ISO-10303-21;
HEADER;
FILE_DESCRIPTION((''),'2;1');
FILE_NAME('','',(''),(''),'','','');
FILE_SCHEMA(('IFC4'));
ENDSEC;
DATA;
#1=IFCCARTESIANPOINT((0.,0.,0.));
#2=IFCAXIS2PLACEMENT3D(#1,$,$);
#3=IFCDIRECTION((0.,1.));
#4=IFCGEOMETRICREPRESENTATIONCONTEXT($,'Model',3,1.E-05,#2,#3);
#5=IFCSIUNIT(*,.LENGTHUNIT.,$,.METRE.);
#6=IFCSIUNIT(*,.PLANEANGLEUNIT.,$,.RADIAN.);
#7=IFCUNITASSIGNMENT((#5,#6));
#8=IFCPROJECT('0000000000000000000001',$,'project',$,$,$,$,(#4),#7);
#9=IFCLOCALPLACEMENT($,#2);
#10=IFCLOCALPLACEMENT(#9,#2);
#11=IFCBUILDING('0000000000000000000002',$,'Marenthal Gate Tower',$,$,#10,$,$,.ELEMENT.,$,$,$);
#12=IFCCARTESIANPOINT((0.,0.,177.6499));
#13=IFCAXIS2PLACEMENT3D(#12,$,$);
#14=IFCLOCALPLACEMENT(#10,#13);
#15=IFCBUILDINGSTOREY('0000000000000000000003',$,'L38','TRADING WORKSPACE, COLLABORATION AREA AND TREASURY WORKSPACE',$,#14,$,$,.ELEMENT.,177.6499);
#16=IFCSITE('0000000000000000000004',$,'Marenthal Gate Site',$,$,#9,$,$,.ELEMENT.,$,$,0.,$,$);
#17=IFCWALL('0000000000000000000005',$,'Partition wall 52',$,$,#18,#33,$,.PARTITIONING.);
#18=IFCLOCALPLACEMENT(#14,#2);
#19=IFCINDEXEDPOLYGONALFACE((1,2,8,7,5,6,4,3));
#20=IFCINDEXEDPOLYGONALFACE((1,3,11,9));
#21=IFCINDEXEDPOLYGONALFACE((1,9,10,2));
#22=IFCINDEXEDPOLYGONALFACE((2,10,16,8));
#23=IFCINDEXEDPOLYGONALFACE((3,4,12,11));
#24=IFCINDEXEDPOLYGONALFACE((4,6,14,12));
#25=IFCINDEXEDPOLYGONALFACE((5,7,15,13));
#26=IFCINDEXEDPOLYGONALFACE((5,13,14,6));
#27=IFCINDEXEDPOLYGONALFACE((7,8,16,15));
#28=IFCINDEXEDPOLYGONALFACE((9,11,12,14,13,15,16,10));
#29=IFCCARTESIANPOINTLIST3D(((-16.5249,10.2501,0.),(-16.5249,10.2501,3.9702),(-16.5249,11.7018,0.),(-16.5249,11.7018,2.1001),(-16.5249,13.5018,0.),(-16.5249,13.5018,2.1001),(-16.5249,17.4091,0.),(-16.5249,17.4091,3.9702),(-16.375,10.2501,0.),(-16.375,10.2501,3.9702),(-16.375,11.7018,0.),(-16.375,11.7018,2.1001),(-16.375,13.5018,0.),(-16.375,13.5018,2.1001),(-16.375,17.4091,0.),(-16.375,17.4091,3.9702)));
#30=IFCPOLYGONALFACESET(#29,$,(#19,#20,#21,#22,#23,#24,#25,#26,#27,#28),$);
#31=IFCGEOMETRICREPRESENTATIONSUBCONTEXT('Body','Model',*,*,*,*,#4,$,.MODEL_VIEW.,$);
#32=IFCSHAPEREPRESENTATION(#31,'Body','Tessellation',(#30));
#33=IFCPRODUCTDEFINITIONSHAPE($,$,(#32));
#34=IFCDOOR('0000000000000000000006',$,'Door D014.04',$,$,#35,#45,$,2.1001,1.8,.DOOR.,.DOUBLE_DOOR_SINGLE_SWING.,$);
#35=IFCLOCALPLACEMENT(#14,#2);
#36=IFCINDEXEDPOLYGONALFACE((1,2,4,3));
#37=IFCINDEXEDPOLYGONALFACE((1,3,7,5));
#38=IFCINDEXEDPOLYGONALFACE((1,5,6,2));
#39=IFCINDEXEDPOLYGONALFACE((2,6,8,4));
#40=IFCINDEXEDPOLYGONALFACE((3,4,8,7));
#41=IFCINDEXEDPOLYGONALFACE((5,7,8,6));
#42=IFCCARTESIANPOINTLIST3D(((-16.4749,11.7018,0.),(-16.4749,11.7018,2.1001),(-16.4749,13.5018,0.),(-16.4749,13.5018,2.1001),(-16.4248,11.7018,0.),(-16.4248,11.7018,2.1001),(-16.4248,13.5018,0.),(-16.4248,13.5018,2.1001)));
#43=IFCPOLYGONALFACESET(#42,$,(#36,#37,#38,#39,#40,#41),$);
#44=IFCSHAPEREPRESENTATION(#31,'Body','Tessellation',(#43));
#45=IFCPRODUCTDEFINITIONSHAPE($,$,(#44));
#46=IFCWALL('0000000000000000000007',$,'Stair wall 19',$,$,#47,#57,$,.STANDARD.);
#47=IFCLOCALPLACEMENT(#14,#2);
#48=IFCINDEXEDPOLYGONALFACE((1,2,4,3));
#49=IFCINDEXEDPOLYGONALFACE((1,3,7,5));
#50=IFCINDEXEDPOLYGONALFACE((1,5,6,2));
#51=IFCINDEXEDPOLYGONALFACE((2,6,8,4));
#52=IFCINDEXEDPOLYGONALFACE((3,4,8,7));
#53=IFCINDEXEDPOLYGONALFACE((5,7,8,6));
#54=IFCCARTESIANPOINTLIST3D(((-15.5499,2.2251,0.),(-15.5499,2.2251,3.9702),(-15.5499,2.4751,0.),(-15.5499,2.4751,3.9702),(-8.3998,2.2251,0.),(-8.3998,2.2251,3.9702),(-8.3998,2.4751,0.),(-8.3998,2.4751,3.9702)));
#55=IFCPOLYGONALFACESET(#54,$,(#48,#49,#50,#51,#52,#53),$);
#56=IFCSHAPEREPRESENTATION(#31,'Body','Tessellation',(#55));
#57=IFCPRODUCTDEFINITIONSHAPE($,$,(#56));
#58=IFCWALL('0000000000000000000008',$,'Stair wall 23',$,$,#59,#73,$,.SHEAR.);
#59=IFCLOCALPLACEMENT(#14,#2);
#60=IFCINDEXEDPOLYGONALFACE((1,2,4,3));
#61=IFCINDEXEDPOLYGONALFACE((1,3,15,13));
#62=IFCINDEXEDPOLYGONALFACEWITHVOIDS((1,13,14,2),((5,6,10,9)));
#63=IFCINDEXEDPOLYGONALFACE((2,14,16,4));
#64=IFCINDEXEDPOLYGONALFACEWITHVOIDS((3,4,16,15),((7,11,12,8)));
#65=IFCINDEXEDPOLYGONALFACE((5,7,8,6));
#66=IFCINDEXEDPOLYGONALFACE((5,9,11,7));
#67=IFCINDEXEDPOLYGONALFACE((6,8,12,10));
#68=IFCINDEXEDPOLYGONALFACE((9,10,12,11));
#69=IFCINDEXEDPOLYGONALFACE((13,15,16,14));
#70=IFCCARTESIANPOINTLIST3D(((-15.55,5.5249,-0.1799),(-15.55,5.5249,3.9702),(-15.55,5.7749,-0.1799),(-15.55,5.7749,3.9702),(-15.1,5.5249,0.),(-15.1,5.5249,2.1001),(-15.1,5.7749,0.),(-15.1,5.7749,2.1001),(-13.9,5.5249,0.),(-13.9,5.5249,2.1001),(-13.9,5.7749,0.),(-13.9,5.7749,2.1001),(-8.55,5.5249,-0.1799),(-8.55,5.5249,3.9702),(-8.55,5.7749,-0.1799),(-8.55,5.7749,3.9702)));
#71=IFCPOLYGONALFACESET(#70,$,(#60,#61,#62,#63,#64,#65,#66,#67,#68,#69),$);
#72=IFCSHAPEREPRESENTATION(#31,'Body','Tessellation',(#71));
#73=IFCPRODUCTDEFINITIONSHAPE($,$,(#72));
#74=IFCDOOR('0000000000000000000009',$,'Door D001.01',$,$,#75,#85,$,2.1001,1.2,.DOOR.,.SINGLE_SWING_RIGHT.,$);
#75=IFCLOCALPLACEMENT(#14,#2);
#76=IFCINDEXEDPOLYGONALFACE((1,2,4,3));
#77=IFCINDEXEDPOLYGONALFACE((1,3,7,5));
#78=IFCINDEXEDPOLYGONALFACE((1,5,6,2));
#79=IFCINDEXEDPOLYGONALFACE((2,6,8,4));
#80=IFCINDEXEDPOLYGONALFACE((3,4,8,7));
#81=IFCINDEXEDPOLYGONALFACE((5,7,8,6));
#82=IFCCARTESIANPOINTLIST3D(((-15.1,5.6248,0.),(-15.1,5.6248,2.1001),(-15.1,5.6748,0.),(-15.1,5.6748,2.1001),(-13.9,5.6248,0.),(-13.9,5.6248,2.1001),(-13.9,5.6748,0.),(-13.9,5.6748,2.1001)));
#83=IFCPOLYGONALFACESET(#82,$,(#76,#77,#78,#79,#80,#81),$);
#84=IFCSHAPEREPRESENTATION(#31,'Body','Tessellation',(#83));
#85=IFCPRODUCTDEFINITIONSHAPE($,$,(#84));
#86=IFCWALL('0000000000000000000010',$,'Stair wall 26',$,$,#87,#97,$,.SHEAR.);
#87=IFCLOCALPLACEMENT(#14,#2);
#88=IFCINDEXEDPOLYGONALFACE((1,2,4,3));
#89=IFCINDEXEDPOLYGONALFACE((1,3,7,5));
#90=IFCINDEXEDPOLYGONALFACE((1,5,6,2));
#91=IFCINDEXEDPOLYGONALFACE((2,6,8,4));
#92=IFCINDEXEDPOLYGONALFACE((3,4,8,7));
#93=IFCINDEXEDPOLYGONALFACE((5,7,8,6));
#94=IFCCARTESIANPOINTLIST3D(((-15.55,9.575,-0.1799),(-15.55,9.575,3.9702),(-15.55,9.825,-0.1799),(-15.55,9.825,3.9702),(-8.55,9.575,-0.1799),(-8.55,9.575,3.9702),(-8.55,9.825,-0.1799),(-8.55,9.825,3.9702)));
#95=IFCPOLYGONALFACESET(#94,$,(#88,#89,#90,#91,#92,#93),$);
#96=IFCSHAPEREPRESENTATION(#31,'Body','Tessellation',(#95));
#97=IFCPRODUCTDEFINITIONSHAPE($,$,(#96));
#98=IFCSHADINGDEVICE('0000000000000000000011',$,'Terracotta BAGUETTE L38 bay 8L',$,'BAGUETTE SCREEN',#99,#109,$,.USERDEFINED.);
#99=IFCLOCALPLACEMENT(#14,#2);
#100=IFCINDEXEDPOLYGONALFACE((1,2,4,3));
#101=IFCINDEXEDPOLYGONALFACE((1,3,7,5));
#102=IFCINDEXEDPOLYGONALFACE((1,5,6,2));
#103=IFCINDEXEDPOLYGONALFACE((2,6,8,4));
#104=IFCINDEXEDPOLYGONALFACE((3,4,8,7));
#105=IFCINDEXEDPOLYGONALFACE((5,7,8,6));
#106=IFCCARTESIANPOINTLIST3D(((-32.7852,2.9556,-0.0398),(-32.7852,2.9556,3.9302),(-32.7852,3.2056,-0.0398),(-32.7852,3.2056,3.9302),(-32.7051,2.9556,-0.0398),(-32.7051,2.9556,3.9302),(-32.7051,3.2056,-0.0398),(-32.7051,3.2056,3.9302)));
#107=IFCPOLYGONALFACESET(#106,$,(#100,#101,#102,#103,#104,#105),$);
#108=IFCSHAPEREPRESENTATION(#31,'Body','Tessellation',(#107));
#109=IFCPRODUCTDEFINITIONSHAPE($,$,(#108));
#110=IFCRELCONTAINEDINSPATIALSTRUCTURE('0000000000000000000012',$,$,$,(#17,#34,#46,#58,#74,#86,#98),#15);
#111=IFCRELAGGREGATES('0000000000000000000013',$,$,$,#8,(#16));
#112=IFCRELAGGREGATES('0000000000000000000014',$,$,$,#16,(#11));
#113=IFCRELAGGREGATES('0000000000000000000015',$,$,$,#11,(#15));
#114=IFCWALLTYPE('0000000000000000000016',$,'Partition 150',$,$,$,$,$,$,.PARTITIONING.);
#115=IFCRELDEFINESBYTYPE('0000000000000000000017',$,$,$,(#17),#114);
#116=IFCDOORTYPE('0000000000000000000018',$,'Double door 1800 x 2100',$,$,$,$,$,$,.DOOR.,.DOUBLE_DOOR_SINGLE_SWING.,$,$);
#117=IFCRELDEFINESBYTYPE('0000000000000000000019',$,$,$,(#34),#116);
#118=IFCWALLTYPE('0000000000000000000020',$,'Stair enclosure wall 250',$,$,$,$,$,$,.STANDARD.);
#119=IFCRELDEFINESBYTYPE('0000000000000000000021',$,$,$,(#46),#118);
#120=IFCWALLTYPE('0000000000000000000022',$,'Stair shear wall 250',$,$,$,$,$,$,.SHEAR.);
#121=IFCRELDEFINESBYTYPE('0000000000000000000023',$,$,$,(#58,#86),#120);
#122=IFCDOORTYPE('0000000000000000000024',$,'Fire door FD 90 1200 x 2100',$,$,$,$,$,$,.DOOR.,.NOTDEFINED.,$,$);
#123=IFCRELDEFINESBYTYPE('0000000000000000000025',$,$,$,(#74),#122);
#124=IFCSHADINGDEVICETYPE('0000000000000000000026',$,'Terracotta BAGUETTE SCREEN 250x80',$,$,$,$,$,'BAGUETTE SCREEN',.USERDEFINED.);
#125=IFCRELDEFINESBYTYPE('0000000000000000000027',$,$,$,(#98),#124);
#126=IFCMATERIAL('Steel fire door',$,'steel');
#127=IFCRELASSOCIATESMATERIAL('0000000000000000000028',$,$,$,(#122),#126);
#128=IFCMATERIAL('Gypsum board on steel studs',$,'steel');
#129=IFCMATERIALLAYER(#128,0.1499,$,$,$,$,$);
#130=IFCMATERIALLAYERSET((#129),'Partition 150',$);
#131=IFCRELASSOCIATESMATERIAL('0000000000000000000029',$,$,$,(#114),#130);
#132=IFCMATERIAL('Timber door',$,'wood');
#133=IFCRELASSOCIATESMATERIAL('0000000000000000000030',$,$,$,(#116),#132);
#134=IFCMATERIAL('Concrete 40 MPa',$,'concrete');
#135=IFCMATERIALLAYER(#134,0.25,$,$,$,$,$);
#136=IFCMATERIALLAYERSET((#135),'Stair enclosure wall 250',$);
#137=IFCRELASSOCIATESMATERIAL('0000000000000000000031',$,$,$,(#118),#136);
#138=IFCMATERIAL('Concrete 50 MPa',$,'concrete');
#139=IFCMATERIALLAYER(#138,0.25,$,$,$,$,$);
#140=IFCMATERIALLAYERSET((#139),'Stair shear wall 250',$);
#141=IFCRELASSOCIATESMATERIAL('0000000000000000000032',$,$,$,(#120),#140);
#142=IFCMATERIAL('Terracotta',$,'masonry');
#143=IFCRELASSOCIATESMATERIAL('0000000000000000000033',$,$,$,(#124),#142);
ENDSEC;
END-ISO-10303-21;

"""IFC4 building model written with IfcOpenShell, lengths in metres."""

from ifc_helpers import new_model, si_unit, direction, frame, frame_2d, origin, origin_2d, place, context, subcontext, project, spatial, rectangle, extrude, material, layer, layer_set, material_profile, profile_set, type_object, element, fill, save


model = new_model("IFC4")

# Units and contexts
model_context = context("Model", 3, precision=1e-05, world=origin(), true_north=direction((0.0, 1.0)))
body_context = subcontext(model_context, "Body", "Model", "MODEL_VIEW")
ifc_project = project(units=[si_unit("LENGTHUNIT", "METRE"), si_unit("PLANEANGLEUNIT", "RADIAN")], contexts=[model_context])

# Site, building, storey
site_placement = place(None, origin())
site = spatial("IfcSite", under=ifc_project, at=site_placement, Name="Marenthal Gate Site", CompositionType="ELEMENT", RefElevation=0.0)
building_placement = place(site_placement, origin())
building = spatial("IfcBuilding", under=site, at=building_placement, Name="Marenthal Gate Tower", CompositionType="ELEMENT")
storey_placement = place(building_placement, frame((0.0, 0.0, 177.6499)))
storey = spatial("IfcBuildingStorey", under=building, at=storey_placement, Name="L38", Description="TRADING WORKSPACE, COLLABORATION AREA AND TREASURY WORKSPACE", CompositionType="ELEMENT", Elevation=177.6499)

# Shared definitions
ifc_material_1 = material(Name="Steel fire door", Category="steel")
door_type_1 = type_object("IfcDoorType", Name="Fire door FD 90 1200 x 2100", OperationType="NOTDEFINED", PredefinedType="DOOR", material=ifc_material_1)

# Wall, opening, door
ifc_material_2 = material(Name="Gypsum board on steel studs", Category="steel")
ifc_layer_1 = layer(ifc_material_2, 0.1499)
ifc_layer_set_1 = layer_set([ifc_layer_1], Name="Partition 150")
wall_type_1 = type_object("IfcWallType", Name="Partition 150", PredefinedType="PARTITIONING", material=ifc_layer_set_1)
wall_1_placement = place(storey_placement, frame((-16.45, 10.25, 0.0), z_axis=(0.0, 0.0, 1.0), x_axis=(0.0, 1.0, 0.0)))
wall_1 = element("IfcWall", 1, at=wall_1_placement, inside=storey, type_object=wall_type_1, Name="Partition wall 52", PredefinedType="PARTITIONING", context=body_context, shape_type="SweptSolid", body=[
    extrude(rectangle(XDim=7.1589, YDim=0.1499, at=frame_2d((3.5796, 0.0))), origin(), (0.0, 0.0, 1.0), 3.9702),
])
opening_1_placement = place(wall_1_placement, frame((1.4519, 0.0, 0.0)))
opening_1 = element("IfcOpeningElement", 2, at=opening_1_placement, cuts=wall_1, PredefinedType="OPENING", context=body_context, shape_type="SweptSolid", body=[
    extrude(rectangle(XDim=1.8, YDim=2.1001, at=frame_2d((0.8999, 1.05))), frame((0.0, 0.085, 0.0), z_axis=(0.0, -1.0, 0.0), x_axis=(1.0, 0.0, 0.0)), (0.0, 0.0, 1.0), 0.1699),
])
ifc_material_3 = material(Name="Timber door", Category="wood")
door_type_2 = type_object("IfcDoorType", Name="Double door 1800 x 2100", OperationType="DOUBLE_DOOR_SINGLE_SWING", PredefinedType="DOOR", material=ifc_material_3)
door_1_placement = place(opening_1_placement, origin())
door_1 = element("IfcDoor", 3, at=door_1_placement, inside=storey, type_object=door_type_2, Name="Door D014.04", OperationType="DOUBLE_DOOR_SINGLE_SWING", OverallHeight=2.1001, OverallWidth=1.8, PredefinedType="DOOR", context=body_context, shape_type="SweptSolid", body=[
    extrude(rectangle(XDim=1.8, YDim=2.1001, at=frame_2d((0.8999, 1.05))), frame((0.0, 0.0249, 0.0), z_axis=(0.0, -1.0, 0.0), x_axis=(1.0, 0.0, 0.0)), (0.0, 0.0, 1.0), 0.05),
])
fill(opening_1, door_1)

# Wall
ifc_material_4 = material(Name="Concrete 40 MPa", Category="concrete")
ifc_layer_2 = layer(ifc_material_4, 0.25)
ifc_layer_set_2 = layer_set([ifc_layer_2], Name="Stair enclosure wall 250")
wall_type_2 = type_object("IfcWallType", Name="Stair enclosure wall 250", PredefinedType="STANDARD", material=ifc_layer_set_2)
wall_2_placement = place(storey_placement, frame((-15.55, 2.3501, 0.0), z_axis=(0.0, 0.0, 1.0), x_axis=(1.0, 0.0, 0.0)))
element("IfcWall", 4, at=wall_2_placement, inside=storey, type_object=wall_type_2, Name="Stair wall 19", PredefinedType="STANDARD", context=body_context, shape_type="SweptSolid", body=[
    extrude(rectangle(XDim=7.1501, YDim=0.25, at=frame_2d((3.5752, 0.0))), origin(), (0.0, 0.0, 1.0), 3.9702),
])

# Wall, opening, door
ifc_material_5 = material(Name="Concrete 50 MPa", Category="concrete")
ifc_layer_3 = layer(ifc_material_5, 0.25)
ifc_layer_set_3 = layer_set([ifc_layer_3], Name="Stair shear wall 250")
wall_type_3 = type_object("IfcWallType", Name="Stair shear wall 250", PredefinedType="SHEAR", material=ifc_layer_set_3)
wall_3_placement = place(storey_placement, frame((-15.55, 5.6499, -0.1799), z_axis=(0.0, 0.0, 1.0), x_axis=(1.0, 0.0, 0.0)))
wall_3 = element("IfcWall", 5, at=wall_3_placement, inside=storey, type_object=wall_type_3, Name="Stair wall 23", PredefinedType="SHEAR", context=body_context, shape_type="SweptSolid", body=[
    extrude(rectangle(XDim=7.0, YDim=0.25, at=frame_2d((3.5, 0.0))), origin(), (0.0, 0.0, 1.0), 4.1501),
])
opening_2_placement = place(wall_3_placement, frame((0.45, 0.0, 0.1799)))
opening_2 = element("IfcOpeningElement", 6, at=opening_2_placement, cuts=wall_3, PredefinedType="OPENING", context=body_context, shape_type="SweptSolid", body=[
    extrude(rectangle(XDim=1.2, YDim=2.1001, at=frame_2d((0.6001, 1.05))), frame((0.0, 0.135, 0.0), z_axis=(0.0, -1.0, 0.0), x_axis=(1.0, 0.0, 0.0)), (0.0, 0.0, 1.0), 0.27),
])
door_2_placement = place(opening_2_placement, origin())
door_2 = element("IfcDoor", 7, at=door_2_placement, inside=storey, type_object=door_type_1, Name="Door D001.01", OperationType="SINGLE_SWING_RIGHT", OverallHeight=2.1001, OverallWidth=1.2, PredefinedType="DOOR", context=body_context, shape_type="SweptSolid", body=[
    extrude(rectangle(XDim=1.2, YDim=2.1001, at=frame_2d((0.6001, 1.05))), frame((0.0, 0.0249, 0.0), z_axis=(0.0, -1.0, 0.0), x_axis=(1.0, 0.0, 0.0)), (0.0, 0.0, 1.0), 0.05),
])
fill(opening_2, door_2)

# Wall
wall_4_placement = place(storey_placement, frame((-15.55, 9.7, -0.1799), z_axis=(0.0, 0.0, 1.0), x_axis=(1.0, 0.0, 0.0)))
element("IfcWall", 8, at=wall_4_placement, inside=storey, type_object=wall_type_3, Name="Stair wall 26", PredefinedType="SHEAR", context=body_context, shape_type="SweptSolid", body=[
    extrude(rectangle(XDim=7.0, YDim=0.25, at=frame_2d((3.5, 0.0))), origin(), (0.0, 0.0, 1.0), 4.1501),
])

# Shading device
ifc_material_6 = material(Name="Terracotta", Category="masonry")
ifc_material_profile_1 = material_profile(ifc_material_6, rectangle(XDim=0.25, YDim=0.0801, at=origin_2d()), Name="Terracotta baguette 250x80")
ifc_profile_set_1 = profile_set([ifc_material_profile_1], Name="Terracotta")
shading_device_type = type_object("IfcShadingDeviceType", Name="Terracotta BAGUETTE SCREEN 250x80", ElementType="BAGUETTE SCREEN", PredefinedType="USERDEFINED", material=ifc_profile_set_1)
shading_device_placement = place(storey_placement, frame((-32.7451, 3.0806, -0.0398), z_axis=(0.0, 0.0, 1.0), x_axis=(0.0, -1.0, 0.0)))
element("IfcShadingDevice", 9, at=shading_device_placement, inside=storey, type_object=shading_device_type, Name="Terracotta BAGUETTE L38 bay 8L", ObjectType="BAGUETTE SCREEN", PredefinedType="USERDEFINED", context=body_context, shape_type="SweptSolid", body=[
    extrude(rectangle(XDim=0.25, YDim=0.0801, at=origin_2d()), origin(), (0.0, 0.0, 1.0), 3.97),
])

save(model, "model.ifc")
